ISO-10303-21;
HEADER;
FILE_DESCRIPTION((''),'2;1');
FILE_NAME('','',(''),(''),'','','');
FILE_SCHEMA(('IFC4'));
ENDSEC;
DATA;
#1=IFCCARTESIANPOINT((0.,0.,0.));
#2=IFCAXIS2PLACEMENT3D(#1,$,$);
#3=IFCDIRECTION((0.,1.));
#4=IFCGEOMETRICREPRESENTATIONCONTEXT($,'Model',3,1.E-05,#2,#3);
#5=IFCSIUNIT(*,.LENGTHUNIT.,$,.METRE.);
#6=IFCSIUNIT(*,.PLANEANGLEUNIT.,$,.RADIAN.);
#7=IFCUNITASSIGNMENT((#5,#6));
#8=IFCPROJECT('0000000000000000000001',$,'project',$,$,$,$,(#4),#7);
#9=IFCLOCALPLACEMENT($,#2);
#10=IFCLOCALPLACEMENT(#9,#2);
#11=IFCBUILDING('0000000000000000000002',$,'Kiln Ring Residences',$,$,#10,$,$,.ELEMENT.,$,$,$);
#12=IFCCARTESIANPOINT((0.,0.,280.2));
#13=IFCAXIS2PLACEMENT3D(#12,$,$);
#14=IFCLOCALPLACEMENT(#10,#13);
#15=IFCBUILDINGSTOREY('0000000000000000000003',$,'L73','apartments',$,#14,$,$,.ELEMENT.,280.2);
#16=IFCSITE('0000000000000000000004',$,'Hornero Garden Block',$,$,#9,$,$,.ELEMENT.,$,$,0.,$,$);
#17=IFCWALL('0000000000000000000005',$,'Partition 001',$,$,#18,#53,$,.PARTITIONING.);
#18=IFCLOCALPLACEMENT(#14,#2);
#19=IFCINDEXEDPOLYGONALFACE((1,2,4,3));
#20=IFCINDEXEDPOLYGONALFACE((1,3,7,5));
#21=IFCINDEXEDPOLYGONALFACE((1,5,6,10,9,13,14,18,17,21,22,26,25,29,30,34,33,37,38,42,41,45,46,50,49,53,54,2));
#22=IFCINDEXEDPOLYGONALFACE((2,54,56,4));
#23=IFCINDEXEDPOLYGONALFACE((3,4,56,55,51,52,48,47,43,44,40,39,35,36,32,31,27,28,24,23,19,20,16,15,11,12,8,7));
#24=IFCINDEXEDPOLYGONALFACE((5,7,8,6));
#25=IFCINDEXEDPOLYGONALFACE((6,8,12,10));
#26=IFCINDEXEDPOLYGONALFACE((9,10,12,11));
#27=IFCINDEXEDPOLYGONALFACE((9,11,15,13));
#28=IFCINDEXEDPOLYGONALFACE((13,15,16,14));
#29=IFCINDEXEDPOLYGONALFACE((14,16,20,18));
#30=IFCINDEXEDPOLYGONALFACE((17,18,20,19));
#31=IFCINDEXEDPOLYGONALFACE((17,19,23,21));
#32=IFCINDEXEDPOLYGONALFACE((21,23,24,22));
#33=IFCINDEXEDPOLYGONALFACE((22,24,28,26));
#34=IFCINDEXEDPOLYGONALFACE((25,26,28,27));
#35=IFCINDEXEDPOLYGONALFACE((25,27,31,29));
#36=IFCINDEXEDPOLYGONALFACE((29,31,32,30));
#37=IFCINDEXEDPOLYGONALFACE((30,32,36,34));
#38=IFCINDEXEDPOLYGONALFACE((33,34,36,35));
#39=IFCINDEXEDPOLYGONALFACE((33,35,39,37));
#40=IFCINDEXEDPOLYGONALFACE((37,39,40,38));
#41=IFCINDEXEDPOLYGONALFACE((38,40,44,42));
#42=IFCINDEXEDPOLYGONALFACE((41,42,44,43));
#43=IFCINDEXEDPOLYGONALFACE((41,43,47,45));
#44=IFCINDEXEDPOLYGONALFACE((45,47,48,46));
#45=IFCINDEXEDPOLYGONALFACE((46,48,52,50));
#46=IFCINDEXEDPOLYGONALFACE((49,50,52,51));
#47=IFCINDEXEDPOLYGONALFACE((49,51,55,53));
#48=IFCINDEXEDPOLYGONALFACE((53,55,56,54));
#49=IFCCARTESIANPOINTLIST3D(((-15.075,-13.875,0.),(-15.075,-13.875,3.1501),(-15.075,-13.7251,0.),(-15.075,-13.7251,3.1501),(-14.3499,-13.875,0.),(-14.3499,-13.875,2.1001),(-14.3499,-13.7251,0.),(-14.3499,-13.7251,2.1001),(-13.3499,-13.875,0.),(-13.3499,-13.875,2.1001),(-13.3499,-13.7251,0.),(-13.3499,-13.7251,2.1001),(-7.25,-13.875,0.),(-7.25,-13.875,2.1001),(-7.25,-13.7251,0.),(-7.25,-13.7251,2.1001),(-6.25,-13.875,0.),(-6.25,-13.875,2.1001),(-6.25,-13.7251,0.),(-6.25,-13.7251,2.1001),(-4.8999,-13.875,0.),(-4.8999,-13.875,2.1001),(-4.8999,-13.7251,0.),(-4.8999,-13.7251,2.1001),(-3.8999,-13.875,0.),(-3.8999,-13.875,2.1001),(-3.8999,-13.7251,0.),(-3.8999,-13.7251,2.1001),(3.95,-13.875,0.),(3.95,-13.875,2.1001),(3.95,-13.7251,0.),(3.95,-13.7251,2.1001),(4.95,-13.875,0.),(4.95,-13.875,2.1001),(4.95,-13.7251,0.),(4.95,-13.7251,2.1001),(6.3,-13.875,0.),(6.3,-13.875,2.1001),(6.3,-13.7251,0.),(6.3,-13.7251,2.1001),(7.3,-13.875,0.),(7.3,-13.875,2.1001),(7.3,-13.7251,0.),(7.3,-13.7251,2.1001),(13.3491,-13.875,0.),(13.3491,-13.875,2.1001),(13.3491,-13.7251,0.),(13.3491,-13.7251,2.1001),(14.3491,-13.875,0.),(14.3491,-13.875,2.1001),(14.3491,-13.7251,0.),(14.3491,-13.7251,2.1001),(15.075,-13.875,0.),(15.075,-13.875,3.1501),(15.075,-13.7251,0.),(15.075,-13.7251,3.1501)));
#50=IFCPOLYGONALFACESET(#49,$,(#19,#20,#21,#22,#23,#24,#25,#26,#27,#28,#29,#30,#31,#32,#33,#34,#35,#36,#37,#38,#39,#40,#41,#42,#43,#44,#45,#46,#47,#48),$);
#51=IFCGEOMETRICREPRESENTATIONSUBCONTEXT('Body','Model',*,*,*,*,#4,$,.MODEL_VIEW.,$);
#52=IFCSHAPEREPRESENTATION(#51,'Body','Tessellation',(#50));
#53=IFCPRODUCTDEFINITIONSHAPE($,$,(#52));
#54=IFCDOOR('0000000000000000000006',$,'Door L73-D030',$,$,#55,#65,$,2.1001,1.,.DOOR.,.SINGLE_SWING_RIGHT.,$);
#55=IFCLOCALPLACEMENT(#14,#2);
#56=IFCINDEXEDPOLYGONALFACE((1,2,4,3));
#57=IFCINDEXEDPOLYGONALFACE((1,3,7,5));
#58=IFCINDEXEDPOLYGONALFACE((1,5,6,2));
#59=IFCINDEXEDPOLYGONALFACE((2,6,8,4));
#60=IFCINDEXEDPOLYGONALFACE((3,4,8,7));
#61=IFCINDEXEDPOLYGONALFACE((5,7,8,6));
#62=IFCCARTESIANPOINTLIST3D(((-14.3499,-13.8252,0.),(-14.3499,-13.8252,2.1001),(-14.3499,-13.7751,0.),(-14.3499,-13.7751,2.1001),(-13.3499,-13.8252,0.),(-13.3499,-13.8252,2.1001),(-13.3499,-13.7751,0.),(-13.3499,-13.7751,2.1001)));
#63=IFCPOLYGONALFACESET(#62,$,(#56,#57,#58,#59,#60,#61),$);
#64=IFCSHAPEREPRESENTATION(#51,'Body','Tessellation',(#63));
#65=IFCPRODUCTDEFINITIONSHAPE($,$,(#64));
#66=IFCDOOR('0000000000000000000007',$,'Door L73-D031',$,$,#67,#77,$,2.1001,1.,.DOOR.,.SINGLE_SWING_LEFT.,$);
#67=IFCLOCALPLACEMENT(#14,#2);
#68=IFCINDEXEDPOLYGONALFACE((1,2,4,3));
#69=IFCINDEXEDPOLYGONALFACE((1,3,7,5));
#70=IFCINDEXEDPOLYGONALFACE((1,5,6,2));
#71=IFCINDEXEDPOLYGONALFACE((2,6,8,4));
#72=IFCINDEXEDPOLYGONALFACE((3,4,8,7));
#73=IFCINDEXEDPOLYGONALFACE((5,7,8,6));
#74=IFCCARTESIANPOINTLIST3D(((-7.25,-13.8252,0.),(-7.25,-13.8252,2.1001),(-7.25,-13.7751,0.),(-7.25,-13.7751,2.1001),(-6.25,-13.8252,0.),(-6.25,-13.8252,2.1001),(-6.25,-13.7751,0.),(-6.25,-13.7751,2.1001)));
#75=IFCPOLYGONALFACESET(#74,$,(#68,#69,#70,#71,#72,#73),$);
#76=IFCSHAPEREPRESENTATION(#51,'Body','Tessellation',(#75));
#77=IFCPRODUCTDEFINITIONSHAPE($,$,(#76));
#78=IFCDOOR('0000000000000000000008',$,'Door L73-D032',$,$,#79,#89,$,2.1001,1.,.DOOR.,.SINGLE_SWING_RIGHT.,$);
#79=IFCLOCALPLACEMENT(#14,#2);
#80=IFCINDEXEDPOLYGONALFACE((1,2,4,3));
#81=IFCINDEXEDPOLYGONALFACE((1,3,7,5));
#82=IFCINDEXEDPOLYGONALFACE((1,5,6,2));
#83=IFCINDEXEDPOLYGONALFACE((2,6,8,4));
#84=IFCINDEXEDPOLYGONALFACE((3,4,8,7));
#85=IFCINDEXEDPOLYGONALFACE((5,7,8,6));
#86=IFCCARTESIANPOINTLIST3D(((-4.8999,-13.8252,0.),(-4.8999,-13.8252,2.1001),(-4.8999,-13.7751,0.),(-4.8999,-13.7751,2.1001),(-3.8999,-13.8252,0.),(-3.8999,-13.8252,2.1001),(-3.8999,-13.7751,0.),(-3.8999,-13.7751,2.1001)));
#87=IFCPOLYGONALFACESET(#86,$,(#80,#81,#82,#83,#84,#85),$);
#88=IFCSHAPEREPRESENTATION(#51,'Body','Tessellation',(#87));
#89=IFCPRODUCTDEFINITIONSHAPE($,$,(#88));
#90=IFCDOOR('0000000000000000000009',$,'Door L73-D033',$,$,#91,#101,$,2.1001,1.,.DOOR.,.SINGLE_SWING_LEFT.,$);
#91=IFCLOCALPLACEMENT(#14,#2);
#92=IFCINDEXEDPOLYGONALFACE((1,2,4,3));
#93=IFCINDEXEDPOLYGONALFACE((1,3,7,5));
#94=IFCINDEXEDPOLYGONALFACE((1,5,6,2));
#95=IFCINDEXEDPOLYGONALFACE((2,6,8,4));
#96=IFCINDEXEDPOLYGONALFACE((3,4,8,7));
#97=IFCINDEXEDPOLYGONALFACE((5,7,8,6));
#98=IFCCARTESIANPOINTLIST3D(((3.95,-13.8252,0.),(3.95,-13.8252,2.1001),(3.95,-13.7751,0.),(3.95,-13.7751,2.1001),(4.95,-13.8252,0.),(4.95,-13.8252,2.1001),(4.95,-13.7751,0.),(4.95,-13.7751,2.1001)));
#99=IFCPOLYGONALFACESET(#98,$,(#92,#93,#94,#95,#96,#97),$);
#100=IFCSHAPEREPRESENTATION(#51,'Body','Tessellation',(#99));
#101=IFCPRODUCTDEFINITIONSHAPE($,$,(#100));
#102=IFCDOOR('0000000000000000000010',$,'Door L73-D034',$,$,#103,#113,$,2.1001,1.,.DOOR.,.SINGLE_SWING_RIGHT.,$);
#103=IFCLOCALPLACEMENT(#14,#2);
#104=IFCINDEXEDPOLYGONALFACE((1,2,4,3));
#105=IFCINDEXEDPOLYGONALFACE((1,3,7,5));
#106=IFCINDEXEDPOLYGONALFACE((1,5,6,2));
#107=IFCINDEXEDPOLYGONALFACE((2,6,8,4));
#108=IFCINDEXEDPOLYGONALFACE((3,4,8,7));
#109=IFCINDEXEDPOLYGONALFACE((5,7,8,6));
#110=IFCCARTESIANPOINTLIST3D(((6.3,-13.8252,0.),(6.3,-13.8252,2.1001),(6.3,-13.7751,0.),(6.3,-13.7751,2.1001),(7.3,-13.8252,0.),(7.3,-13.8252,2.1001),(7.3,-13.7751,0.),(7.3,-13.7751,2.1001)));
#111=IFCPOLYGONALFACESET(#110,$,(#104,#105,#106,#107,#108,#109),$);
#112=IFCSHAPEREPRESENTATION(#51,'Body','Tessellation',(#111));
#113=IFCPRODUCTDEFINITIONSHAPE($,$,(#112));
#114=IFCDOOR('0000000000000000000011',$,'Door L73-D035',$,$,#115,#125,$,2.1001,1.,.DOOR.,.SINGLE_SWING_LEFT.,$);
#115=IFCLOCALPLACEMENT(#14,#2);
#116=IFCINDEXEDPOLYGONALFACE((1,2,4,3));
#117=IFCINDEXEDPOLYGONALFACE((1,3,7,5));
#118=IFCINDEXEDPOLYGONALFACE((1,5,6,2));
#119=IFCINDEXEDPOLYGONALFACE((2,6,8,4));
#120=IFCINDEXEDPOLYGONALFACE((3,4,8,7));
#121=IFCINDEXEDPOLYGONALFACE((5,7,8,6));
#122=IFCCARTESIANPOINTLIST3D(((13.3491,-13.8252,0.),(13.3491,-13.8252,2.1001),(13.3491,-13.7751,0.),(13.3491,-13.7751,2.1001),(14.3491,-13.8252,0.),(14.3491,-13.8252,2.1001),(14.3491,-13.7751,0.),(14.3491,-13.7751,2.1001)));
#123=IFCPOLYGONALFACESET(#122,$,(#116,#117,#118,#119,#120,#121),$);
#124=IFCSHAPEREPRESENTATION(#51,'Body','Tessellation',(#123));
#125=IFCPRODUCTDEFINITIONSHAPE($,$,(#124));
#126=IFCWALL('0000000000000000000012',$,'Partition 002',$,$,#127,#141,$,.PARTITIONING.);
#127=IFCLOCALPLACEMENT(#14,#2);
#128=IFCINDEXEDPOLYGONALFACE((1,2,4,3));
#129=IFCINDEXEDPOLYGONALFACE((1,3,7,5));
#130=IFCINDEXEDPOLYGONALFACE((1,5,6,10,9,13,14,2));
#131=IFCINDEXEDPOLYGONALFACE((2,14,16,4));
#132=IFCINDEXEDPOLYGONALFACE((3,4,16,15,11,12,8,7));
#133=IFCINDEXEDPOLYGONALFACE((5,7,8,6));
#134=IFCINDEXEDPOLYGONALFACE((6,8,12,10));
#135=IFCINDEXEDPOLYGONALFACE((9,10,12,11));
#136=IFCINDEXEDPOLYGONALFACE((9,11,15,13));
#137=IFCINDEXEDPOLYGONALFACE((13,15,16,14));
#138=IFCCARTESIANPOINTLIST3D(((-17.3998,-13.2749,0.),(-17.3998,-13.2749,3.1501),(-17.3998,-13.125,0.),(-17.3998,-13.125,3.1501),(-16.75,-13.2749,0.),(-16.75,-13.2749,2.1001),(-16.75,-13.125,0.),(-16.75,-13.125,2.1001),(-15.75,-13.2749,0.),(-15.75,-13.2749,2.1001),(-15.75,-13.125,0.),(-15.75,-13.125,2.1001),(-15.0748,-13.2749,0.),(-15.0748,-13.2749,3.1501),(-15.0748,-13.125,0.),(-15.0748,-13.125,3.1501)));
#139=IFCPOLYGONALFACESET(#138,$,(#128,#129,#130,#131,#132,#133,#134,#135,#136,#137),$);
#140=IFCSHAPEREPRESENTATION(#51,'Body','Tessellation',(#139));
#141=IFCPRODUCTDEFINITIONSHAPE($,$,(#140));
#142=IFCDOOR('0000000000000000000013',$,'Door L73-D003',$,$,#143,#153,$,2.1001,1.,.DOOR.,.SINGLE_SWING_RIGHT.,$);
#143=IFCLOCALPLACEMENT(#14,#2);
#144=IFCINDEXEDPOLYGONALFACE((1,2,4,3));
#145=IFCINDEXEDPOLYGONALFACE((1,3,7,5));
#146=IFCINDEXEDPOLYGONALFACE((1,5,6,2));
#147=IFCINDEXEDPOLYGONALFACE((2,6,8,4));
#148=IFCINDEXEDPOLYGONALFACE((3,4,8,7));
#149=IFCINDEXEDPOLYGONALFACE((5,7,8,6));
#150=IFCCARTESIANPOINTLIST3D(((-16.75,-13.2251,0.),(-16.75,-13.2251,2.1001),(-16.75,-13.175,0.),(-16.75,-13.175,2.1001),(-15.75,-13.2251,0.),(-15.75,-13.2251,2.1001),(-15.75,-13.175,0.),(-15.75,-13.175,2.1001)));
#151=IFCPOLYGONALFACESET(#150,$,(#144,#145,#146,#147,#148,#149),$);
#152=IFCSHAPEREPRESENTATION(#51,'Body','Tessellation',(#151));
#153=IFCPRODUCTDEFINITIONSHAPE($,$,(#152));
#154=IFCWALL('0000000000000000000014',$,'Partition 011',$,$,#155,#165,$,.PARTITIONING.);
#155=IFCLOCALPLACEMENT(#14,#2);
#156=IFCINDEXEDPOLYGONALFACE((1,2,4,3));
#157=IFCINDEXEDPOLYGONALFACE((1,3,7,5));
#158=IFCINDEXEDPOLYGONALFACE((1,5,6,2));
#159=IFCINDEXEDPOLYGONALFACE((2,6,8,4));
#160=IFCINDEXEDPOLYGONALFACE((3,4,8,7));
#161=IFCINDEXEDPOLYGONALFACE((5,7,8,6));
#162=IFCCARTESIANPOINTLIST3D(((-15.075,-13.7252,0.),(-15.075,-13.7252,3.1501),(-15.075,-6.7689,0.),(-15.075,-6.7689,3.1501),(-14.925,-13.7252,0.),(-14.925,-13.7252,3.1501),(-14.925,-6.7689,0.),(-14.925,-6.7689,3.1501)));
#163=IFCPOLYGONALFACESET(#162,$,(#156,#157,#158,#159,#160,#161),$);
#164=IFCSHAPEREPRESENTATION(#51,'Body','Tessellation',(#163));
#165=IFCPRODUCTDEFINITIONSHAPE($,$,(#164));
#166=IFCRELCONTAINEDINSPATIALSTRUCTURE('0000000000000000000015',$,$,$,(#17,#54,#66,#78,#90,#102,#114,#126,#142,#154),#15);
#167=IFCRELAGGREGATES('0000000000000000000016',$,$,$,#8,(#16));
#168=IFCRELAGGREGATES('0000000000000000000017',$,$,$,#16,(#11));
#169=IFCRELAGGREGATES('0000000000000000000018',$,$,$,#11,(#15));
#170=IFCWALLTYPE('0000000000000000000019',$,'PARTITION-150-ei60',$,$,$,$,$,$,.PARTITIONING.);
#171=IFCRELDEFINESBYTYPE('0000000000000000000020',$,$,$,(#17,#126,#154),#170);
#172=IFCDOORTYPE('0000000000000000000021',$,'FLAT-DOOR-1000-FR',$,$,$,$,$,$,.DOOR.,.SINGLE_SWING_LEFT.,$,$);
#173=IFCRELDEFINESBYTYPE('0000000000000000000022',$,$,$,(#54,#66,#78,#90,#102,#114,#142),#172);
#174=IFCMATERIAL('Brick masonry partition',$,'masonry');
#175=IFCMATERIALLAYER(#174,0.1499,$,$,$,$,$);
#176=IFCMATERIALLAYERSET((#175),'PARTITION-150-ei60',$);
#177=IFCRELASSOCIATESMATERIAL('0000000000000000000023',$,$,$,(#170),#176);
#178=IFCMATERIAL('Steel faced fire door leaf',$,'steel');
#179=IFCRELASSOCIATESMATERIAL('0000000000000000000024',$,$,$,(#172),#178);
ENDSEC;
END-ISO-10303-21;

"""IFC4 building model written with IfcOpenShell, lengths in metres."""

from ifc_helpers import new_model, si_unit, direction, frame, frame_2d, origin, place, context, subcontext, project, spatial, rectangle, extrude, material, layer, layer_set, type_object, element, fill, save


model = new_model("IFC4")

# Units and contexts
model_context = context("Model", 3, precision=1e-05, world=origin(), true_north=direction((0.0, 1.0)))
body_context = subcontext(model_context, "Body", "Model", "MODEL_VIEW")
ifc_project = project(units=[si_unit("LENGTHUNIT", "METRE"), si_unit("PLANEANGLEUNIT", "RADIAN")], contexts=[model_context])

# Site, building, storey
site_placement = place(None, origin())
site = spatial("IfcSite", under=ifc_project, at=site_placement, Name="Hornero Garden Block", CompositionType="ELEMENT", RefElevation=0.0)
building_placement = place(site_placement, origin())
building = spatial("IfcBuilding", under=site, at=building_placement, Name="Kiln Ring Residences", CompositionType="ELEMENT")
storey_placement = place(building_placement, frame((0.0, 0.0, 280.2)))
storey = spatial("IfcBuildingStorey", under=building, at=storey_placement, Name="L73", Description="apartments", CompositionType="ELEMENT", Elevation=280.2)

# Wall, openings, doors
ifc_material_1 = material(Name="Brick masonry partition", Category="masonry")
ifc_layer_1 = layer(ifc_material_1, 0.1499)
ifc_layer_set_1 = layer_set([ifc_layer_1], Name="PARTITION-150-ei60")
wall_type_1 = type_object("IfcWallType", Name="PARTITION-150-ei60", PredefinedType="PARTITIONING", material=ifc_layer_set_1)
wall_1_placement = place(storey_placement, frame((-15.075, -13.8, 0.0), z_axis=(0.0, 0.0, 1.0), x_axis=(1.0, 0.0, 0.0)))
wall_1 = element("IfcWall", 1, at=wall_1_placement, inside=storey, type_object=wall_type_1, Name="Partition 001", PredefinedType="PARTITIONING", context=body_context, shape_type="SweptSolid", body=[
    extrude(rectangle(XDim=30.1499, YDim=0.1499, at=frame_2d((15.075, 0.0))), origin(), (0.0, 0.0, 1.0), 3.1501),
])
opening_1_placement = place(wall_1_placement, frame((0.7251, 0.0, 0.0)))
opening_1 = element("IfcOpeningElement", 2, at=opening_1_placement, cuts=wall_1, PredefinedType="OPENING", context=body_context, shape_type="SweptSolid", body=[
    extrude(rectangle(XDim=1.0, YDim=2.1001, at=frame_2d((0.5, 1.05))), frame((0.0, 0.085, 0.0), z_axis=(0.0, -1.0, 0.0), x_axis=(1.0, 0.0, 0.0)), (0.0, 0.0, 1.0), 0.1699),
])
opening_2_placement = place(wall_1_placement, frame((7.825, 0.0, 0.0)))
opening_2 = element("IfcOpeningElement", 3, at=opening_2_placement, cuts=wall_1, PredefinedType="OPENING", context=body_context, shape_type="SweptSolid", body=[
    extrude(rectangle(XDim=1.0, YDim=2.1001, at=frame_2d((0.5, 1.05))), frame((0.0, 0.085, 0.0), z_axis=(0.0, -1.0, 0.0), x_axis=(1.0, 0.0, 0.0)), (0.0, 0.0, 1.0), 0.1699),
])
opening_3_placement = place(wall_1_placement, frame((10.175, 0.0, 0.0)))
opening_3 = element("IfcOpeningElement", 4, at=opening_3_placement, cuts=wall_1, PredefinedType="OPENING", context=body_context, shape_type="SweptSolid", body=[
    extrude(rectangle(XDim=1.0, YDim=2.1001, at=frame_2d((0.5, 1.05))), frame((0.0, 0.085, 0.0), z_axis=(0.0, -1.0, 0.0), x_axis=(1.0, 0.0, 0.0)), (0.0, 0.0, 1.0), 0.1699),
])
opening_4_placement = place(wall_1_placement, frame((19.0249, 0.0, 0.0)))
opening_4 = element("IfcOpeningElement", 5, at=opening_4_placement, cuts=wall_1, PredefinedType="OPENING", context=body_context, shape_type="SweptSolid", body=[
    extrude(rectangle(XDim=1.0, YDim=2.1001, at=frame_2d((0.5, 1.05))), frame((0.0, 0.085, 0.0), z_axis=(0.0, -1.0, 0.0), x_axis=(1.0, 0.0, 0.0)), (0.0, 0.0, 1.0), 0.1699),
])
opening_5_placement = place(wall_1_placement, frame((21.375, 0.0, 0.0)))
opening_5 = element("IfcOpeningElement", 6, at=opening_5_placement, cuts=wall_1, PredefinedType="OPENING", context=body_context, shape_type="SweptSolid", body=[
    extrude(rectangle(XDim=1.0, YDim=2.1001, at=frame_2d((0.5, 1.05))), frame((0.0, 0.085, 0.0), z_axis=(0.0, -1.0, 0.0), x_axis=(1.0, 0.0, 0.0)), (0.0, 0.0, 1.0), 0.1699),
])
opening_6_placement = place(wall_1_placement, frame((28.4241, 0.0, 0.0)))
opening_6 = element("IfcOpeningElement", 7, at=opening_6_placement, cuts=wall_1, PredefinedType="OPENING", context=body_context, shape_type="SweptSolid", body=[
    extrude(rectangle(XDim=1.0, YDim=2.1001, at=frame_2d((0.5, 1.05))), frame((0.0, 0.085, 0.0), z_axis=(0.0, -1.0, 0.0), x_axis=(1.0, 0.0, 0.0)), (0.0, 0.0, 1.0), 0.1699),
])
ifc_material_2 = material(Name="Steel faced fire door leaf", Category="steel")
door_type = type_object("IfcDoorType", Name="FLAT-DOOR-1000-FR", OperationType="SINGLE_SWING_LEFT", PredefinedType="DOOR", material=ifc_material_2)
door_1_placement = place(opening_1_placement, origin())
door_1 = element("IfcDoor", 8, at=door_1_placement, inside=storey, type_object=door_type, Name="Door L73-D030", OperationType="SINGLE_SWING_RIGHT", OverallHeight=2.1001, OverallWidth=1.0, PredefinedType="DOOR", context=body_context, shape_type="SweptSolid", body=[
    extrude(rectangle(XDim=1.0, YDim=2.1001, at=frame_2d((0.5, 1.05))), frame((0.0, 0.0249, 0.0), z_axis=(0.0, -1.0, 0.0), x_axis=(1.0, 0.0, 0.0)), (0.0, 0.0, 1.0), 0.05),
])
fill(opening_1, door_1)
door_2_placement = place(opening_2_placement, origin())
door_2 = element("IfcDoor", 9, at=door_2_placement, inside=storey, type_object=door_type, Name="Door L73-D031", OperationType="SINGLE_SWING_LEFT", OverallHeight=2.1001, OverallWidth=1.0, PredefinedType="DOOR", context=body_context, shape_type="SweptSolid", body=[
    extrude(rectangle(XDim=1.0, YDim=2.1001, at=frame_2d((0.5, 1.05))), frame((0.0, 0.0249, 0.0), z_axis=(0.0, -1.0, 0.0), x_axis=(1.0, 0.0, 0.0)), (0.0, 0.0, 1.0), 0.05),
])
fill(opening_2, door_2)
door_3_placement = place(opening_3_placement, origin())
door_3 = element("IfcDoor", 10, at=door_3_placement, inside=storey, type_object=door_type, Name="Door L73-D032", OperationType="SINGLE_SWING_RIGHT", OverallHeight=2.1001, OverallWidth=1.0, PredefinedType="DOOR", context=body_context, shape_type="SweptSolid", body=[
    extrude(rectangle(XDim=1.0, YDim=2.1001, at=frame_2d((0.5, 1.05))), frame((0.0, 0.0249, 0.0), z_axis=(0.0, -1.0, 0.0), x_axis=(1.0, 0.0, 0.0)), (0.0, 0.0, 1.0), 0.05),
])
fill(opening_3, door_3)
door_4_placement = place(opening_4_placement, origin())
door_4 = element("IfcDoor", 11, at=door_4_placement, inside=storey, type_object=door_type, Name="Door L73-D033", OperationType="SINGLE_SWING_LEFT", OverallHeight=2.1001, OverallWidth=1.0, PredefinedType="DOOR", context=body_context, shape_type="SweptSolid", body=[
    extrude(rectangle(XDim=1.0, YDim=2.1001, at=frame_2d((0.5, 1.05))), frame((0.0, 0.0249, 0.0), z_axis=(0.0, -1.0, 0.0), x_axis=(1.0, 0.0, 0.0)), (0.0, 0.0, 1.0), 0.05),
])
fill(opening_4, door_4)
door_5_placement = place(opening_5_placement, origin())
door_5 = element("IfcDoor", 12, at=door_5_placement, inside=storey, type_object=door_type, Name="Door L73-D034", OperationType="SINGLE_SWING_RIGHT", OverallHeight=2.1001, OverallWidth=1.0, PredefinedType="DOOR", context=body_context, shape_type="SweptSolid", body=[
    extrude(rectangle(XDim=1.0, YDim=2.1001, at=frame_2d((0.5, 1.05))), frame((0.0, 0.0249, 0.0), z_axis=(0.0, -1.0, 0.0), x_axis=(1.0, 0.0, 0.0)), (0.0, 0.0, 1.0), 0.05),
])
fill(opening_5, door_5)
door_6_placement = place(opening_6_placement, origin())
door_6 = element("IfcDoor", 13, at=door_6_placement, inside=storey, type_object=door_type, Name="Door L73-D035", OperationType="SINGLE_SWING_LEFT", OverallHeight=2.1001, OverallWidth=1.0, PredefinedType="DOOR", context=body_context, shape_type="SweptSolid", body=[
    extrude(rectangle(XDim=1.0, YDim=2.1001, at=frame_2d((0.5, 1.05))), frame((0.0, 0.0249, 0.0), z_axis=(0.0, -1.0, 0.0), x_axis=(1.0, 0.0, 0.0)), (0.0, 0.0, 1.0), 0.05),
])
fill(opening_6, door_6)

# Wall, opening, door
wall_2_placement = place(storey_placement, frame((-17.3999, -13.2, 0.0), z_axis=(0.0, 0.0, 1.0), x_axis=(1.0, 0.0, 0.0)))
wall_2 = element("IfcWall", 14, at=wall_2_placement, inside=storey, type_object=wall_type_1, Name="Partition 002", PredefinedType="PARTITIONING", context=body_context, shape_type="SweptSolid", body=[
    extrude(rectangle(XDim=2.325, YDim=0.1499, at=frame_2d((1.1626, 0.0))), origin(), (0.0, 0.0, 1.0), 3.1501),
])
opening_7_placement = place(wall_2_placement, frame((0.6499, 0.0, 0.0)))
opening_7 = element("IfcOpeningElement", 15, at=opening_7_placement, cuts=wall_2, PredefinedType="OPENING", context=body_context, shape_type="SweptSolid", body=[
    extrude(rectangle(XDim=1.0, YDim=2.1001, at=frame_2d((0.5, 1.05))), frame((0.0, 0.085, 0.0), z_axis=(0.0, -1.0, 0.0), x_axis=(1.0, 0.0, 0.0)), (0.0, 0.0, 1.0), 0.1699),
])
door_7_placement = place(opening_7_placement, origin())
door_7 = element("IfcDoor", 16, at=door_7_placement, inside=storey, type_object=door_type, Name="Door L73-D003", OperationType="SINGLE_SWING_RIGHT", OverallHeight=2.1001, OverallWidth=1.0, PredefinedType="DOOR", context=body_context, shape_type="SweptSolid", body=[
    extrude(rectangle(XDim=1.0, YDim=2.1001, at=frame_2d((0.5, 1.05))), frame((0.0, 0.0249, 0.0), z_axis=(0.0, -1.0, 0.0), x_axis=(1.0, 0.0, 0.0)), (0.0, 0.0, 1.0), 0.05),
])
fill(opening_7, door_7)

# Wall
wall_3_placement = place(storey_placement, frame((-15.0, -13.7251, 0.0), z_axis=(0.0, 0.0, 1.0), x_axis=(0.0, 1.0, 0.0)))
element("IfcWall", 17, at=wall_3_placement, inside=storey, type_object=wall_type_1, Name="Partition 011", PredefinedType="PARTITIONING", context=body_context, shape_type="SweptSolid", body=[
    extrude(rectangle(XDim=6.9563, YDim=0.1499, at=frame_2d((3.478, 0.0))), origin(), (0.0, 0.0, 1.0), 3.1501),
])

save(model, "model.ifc")
